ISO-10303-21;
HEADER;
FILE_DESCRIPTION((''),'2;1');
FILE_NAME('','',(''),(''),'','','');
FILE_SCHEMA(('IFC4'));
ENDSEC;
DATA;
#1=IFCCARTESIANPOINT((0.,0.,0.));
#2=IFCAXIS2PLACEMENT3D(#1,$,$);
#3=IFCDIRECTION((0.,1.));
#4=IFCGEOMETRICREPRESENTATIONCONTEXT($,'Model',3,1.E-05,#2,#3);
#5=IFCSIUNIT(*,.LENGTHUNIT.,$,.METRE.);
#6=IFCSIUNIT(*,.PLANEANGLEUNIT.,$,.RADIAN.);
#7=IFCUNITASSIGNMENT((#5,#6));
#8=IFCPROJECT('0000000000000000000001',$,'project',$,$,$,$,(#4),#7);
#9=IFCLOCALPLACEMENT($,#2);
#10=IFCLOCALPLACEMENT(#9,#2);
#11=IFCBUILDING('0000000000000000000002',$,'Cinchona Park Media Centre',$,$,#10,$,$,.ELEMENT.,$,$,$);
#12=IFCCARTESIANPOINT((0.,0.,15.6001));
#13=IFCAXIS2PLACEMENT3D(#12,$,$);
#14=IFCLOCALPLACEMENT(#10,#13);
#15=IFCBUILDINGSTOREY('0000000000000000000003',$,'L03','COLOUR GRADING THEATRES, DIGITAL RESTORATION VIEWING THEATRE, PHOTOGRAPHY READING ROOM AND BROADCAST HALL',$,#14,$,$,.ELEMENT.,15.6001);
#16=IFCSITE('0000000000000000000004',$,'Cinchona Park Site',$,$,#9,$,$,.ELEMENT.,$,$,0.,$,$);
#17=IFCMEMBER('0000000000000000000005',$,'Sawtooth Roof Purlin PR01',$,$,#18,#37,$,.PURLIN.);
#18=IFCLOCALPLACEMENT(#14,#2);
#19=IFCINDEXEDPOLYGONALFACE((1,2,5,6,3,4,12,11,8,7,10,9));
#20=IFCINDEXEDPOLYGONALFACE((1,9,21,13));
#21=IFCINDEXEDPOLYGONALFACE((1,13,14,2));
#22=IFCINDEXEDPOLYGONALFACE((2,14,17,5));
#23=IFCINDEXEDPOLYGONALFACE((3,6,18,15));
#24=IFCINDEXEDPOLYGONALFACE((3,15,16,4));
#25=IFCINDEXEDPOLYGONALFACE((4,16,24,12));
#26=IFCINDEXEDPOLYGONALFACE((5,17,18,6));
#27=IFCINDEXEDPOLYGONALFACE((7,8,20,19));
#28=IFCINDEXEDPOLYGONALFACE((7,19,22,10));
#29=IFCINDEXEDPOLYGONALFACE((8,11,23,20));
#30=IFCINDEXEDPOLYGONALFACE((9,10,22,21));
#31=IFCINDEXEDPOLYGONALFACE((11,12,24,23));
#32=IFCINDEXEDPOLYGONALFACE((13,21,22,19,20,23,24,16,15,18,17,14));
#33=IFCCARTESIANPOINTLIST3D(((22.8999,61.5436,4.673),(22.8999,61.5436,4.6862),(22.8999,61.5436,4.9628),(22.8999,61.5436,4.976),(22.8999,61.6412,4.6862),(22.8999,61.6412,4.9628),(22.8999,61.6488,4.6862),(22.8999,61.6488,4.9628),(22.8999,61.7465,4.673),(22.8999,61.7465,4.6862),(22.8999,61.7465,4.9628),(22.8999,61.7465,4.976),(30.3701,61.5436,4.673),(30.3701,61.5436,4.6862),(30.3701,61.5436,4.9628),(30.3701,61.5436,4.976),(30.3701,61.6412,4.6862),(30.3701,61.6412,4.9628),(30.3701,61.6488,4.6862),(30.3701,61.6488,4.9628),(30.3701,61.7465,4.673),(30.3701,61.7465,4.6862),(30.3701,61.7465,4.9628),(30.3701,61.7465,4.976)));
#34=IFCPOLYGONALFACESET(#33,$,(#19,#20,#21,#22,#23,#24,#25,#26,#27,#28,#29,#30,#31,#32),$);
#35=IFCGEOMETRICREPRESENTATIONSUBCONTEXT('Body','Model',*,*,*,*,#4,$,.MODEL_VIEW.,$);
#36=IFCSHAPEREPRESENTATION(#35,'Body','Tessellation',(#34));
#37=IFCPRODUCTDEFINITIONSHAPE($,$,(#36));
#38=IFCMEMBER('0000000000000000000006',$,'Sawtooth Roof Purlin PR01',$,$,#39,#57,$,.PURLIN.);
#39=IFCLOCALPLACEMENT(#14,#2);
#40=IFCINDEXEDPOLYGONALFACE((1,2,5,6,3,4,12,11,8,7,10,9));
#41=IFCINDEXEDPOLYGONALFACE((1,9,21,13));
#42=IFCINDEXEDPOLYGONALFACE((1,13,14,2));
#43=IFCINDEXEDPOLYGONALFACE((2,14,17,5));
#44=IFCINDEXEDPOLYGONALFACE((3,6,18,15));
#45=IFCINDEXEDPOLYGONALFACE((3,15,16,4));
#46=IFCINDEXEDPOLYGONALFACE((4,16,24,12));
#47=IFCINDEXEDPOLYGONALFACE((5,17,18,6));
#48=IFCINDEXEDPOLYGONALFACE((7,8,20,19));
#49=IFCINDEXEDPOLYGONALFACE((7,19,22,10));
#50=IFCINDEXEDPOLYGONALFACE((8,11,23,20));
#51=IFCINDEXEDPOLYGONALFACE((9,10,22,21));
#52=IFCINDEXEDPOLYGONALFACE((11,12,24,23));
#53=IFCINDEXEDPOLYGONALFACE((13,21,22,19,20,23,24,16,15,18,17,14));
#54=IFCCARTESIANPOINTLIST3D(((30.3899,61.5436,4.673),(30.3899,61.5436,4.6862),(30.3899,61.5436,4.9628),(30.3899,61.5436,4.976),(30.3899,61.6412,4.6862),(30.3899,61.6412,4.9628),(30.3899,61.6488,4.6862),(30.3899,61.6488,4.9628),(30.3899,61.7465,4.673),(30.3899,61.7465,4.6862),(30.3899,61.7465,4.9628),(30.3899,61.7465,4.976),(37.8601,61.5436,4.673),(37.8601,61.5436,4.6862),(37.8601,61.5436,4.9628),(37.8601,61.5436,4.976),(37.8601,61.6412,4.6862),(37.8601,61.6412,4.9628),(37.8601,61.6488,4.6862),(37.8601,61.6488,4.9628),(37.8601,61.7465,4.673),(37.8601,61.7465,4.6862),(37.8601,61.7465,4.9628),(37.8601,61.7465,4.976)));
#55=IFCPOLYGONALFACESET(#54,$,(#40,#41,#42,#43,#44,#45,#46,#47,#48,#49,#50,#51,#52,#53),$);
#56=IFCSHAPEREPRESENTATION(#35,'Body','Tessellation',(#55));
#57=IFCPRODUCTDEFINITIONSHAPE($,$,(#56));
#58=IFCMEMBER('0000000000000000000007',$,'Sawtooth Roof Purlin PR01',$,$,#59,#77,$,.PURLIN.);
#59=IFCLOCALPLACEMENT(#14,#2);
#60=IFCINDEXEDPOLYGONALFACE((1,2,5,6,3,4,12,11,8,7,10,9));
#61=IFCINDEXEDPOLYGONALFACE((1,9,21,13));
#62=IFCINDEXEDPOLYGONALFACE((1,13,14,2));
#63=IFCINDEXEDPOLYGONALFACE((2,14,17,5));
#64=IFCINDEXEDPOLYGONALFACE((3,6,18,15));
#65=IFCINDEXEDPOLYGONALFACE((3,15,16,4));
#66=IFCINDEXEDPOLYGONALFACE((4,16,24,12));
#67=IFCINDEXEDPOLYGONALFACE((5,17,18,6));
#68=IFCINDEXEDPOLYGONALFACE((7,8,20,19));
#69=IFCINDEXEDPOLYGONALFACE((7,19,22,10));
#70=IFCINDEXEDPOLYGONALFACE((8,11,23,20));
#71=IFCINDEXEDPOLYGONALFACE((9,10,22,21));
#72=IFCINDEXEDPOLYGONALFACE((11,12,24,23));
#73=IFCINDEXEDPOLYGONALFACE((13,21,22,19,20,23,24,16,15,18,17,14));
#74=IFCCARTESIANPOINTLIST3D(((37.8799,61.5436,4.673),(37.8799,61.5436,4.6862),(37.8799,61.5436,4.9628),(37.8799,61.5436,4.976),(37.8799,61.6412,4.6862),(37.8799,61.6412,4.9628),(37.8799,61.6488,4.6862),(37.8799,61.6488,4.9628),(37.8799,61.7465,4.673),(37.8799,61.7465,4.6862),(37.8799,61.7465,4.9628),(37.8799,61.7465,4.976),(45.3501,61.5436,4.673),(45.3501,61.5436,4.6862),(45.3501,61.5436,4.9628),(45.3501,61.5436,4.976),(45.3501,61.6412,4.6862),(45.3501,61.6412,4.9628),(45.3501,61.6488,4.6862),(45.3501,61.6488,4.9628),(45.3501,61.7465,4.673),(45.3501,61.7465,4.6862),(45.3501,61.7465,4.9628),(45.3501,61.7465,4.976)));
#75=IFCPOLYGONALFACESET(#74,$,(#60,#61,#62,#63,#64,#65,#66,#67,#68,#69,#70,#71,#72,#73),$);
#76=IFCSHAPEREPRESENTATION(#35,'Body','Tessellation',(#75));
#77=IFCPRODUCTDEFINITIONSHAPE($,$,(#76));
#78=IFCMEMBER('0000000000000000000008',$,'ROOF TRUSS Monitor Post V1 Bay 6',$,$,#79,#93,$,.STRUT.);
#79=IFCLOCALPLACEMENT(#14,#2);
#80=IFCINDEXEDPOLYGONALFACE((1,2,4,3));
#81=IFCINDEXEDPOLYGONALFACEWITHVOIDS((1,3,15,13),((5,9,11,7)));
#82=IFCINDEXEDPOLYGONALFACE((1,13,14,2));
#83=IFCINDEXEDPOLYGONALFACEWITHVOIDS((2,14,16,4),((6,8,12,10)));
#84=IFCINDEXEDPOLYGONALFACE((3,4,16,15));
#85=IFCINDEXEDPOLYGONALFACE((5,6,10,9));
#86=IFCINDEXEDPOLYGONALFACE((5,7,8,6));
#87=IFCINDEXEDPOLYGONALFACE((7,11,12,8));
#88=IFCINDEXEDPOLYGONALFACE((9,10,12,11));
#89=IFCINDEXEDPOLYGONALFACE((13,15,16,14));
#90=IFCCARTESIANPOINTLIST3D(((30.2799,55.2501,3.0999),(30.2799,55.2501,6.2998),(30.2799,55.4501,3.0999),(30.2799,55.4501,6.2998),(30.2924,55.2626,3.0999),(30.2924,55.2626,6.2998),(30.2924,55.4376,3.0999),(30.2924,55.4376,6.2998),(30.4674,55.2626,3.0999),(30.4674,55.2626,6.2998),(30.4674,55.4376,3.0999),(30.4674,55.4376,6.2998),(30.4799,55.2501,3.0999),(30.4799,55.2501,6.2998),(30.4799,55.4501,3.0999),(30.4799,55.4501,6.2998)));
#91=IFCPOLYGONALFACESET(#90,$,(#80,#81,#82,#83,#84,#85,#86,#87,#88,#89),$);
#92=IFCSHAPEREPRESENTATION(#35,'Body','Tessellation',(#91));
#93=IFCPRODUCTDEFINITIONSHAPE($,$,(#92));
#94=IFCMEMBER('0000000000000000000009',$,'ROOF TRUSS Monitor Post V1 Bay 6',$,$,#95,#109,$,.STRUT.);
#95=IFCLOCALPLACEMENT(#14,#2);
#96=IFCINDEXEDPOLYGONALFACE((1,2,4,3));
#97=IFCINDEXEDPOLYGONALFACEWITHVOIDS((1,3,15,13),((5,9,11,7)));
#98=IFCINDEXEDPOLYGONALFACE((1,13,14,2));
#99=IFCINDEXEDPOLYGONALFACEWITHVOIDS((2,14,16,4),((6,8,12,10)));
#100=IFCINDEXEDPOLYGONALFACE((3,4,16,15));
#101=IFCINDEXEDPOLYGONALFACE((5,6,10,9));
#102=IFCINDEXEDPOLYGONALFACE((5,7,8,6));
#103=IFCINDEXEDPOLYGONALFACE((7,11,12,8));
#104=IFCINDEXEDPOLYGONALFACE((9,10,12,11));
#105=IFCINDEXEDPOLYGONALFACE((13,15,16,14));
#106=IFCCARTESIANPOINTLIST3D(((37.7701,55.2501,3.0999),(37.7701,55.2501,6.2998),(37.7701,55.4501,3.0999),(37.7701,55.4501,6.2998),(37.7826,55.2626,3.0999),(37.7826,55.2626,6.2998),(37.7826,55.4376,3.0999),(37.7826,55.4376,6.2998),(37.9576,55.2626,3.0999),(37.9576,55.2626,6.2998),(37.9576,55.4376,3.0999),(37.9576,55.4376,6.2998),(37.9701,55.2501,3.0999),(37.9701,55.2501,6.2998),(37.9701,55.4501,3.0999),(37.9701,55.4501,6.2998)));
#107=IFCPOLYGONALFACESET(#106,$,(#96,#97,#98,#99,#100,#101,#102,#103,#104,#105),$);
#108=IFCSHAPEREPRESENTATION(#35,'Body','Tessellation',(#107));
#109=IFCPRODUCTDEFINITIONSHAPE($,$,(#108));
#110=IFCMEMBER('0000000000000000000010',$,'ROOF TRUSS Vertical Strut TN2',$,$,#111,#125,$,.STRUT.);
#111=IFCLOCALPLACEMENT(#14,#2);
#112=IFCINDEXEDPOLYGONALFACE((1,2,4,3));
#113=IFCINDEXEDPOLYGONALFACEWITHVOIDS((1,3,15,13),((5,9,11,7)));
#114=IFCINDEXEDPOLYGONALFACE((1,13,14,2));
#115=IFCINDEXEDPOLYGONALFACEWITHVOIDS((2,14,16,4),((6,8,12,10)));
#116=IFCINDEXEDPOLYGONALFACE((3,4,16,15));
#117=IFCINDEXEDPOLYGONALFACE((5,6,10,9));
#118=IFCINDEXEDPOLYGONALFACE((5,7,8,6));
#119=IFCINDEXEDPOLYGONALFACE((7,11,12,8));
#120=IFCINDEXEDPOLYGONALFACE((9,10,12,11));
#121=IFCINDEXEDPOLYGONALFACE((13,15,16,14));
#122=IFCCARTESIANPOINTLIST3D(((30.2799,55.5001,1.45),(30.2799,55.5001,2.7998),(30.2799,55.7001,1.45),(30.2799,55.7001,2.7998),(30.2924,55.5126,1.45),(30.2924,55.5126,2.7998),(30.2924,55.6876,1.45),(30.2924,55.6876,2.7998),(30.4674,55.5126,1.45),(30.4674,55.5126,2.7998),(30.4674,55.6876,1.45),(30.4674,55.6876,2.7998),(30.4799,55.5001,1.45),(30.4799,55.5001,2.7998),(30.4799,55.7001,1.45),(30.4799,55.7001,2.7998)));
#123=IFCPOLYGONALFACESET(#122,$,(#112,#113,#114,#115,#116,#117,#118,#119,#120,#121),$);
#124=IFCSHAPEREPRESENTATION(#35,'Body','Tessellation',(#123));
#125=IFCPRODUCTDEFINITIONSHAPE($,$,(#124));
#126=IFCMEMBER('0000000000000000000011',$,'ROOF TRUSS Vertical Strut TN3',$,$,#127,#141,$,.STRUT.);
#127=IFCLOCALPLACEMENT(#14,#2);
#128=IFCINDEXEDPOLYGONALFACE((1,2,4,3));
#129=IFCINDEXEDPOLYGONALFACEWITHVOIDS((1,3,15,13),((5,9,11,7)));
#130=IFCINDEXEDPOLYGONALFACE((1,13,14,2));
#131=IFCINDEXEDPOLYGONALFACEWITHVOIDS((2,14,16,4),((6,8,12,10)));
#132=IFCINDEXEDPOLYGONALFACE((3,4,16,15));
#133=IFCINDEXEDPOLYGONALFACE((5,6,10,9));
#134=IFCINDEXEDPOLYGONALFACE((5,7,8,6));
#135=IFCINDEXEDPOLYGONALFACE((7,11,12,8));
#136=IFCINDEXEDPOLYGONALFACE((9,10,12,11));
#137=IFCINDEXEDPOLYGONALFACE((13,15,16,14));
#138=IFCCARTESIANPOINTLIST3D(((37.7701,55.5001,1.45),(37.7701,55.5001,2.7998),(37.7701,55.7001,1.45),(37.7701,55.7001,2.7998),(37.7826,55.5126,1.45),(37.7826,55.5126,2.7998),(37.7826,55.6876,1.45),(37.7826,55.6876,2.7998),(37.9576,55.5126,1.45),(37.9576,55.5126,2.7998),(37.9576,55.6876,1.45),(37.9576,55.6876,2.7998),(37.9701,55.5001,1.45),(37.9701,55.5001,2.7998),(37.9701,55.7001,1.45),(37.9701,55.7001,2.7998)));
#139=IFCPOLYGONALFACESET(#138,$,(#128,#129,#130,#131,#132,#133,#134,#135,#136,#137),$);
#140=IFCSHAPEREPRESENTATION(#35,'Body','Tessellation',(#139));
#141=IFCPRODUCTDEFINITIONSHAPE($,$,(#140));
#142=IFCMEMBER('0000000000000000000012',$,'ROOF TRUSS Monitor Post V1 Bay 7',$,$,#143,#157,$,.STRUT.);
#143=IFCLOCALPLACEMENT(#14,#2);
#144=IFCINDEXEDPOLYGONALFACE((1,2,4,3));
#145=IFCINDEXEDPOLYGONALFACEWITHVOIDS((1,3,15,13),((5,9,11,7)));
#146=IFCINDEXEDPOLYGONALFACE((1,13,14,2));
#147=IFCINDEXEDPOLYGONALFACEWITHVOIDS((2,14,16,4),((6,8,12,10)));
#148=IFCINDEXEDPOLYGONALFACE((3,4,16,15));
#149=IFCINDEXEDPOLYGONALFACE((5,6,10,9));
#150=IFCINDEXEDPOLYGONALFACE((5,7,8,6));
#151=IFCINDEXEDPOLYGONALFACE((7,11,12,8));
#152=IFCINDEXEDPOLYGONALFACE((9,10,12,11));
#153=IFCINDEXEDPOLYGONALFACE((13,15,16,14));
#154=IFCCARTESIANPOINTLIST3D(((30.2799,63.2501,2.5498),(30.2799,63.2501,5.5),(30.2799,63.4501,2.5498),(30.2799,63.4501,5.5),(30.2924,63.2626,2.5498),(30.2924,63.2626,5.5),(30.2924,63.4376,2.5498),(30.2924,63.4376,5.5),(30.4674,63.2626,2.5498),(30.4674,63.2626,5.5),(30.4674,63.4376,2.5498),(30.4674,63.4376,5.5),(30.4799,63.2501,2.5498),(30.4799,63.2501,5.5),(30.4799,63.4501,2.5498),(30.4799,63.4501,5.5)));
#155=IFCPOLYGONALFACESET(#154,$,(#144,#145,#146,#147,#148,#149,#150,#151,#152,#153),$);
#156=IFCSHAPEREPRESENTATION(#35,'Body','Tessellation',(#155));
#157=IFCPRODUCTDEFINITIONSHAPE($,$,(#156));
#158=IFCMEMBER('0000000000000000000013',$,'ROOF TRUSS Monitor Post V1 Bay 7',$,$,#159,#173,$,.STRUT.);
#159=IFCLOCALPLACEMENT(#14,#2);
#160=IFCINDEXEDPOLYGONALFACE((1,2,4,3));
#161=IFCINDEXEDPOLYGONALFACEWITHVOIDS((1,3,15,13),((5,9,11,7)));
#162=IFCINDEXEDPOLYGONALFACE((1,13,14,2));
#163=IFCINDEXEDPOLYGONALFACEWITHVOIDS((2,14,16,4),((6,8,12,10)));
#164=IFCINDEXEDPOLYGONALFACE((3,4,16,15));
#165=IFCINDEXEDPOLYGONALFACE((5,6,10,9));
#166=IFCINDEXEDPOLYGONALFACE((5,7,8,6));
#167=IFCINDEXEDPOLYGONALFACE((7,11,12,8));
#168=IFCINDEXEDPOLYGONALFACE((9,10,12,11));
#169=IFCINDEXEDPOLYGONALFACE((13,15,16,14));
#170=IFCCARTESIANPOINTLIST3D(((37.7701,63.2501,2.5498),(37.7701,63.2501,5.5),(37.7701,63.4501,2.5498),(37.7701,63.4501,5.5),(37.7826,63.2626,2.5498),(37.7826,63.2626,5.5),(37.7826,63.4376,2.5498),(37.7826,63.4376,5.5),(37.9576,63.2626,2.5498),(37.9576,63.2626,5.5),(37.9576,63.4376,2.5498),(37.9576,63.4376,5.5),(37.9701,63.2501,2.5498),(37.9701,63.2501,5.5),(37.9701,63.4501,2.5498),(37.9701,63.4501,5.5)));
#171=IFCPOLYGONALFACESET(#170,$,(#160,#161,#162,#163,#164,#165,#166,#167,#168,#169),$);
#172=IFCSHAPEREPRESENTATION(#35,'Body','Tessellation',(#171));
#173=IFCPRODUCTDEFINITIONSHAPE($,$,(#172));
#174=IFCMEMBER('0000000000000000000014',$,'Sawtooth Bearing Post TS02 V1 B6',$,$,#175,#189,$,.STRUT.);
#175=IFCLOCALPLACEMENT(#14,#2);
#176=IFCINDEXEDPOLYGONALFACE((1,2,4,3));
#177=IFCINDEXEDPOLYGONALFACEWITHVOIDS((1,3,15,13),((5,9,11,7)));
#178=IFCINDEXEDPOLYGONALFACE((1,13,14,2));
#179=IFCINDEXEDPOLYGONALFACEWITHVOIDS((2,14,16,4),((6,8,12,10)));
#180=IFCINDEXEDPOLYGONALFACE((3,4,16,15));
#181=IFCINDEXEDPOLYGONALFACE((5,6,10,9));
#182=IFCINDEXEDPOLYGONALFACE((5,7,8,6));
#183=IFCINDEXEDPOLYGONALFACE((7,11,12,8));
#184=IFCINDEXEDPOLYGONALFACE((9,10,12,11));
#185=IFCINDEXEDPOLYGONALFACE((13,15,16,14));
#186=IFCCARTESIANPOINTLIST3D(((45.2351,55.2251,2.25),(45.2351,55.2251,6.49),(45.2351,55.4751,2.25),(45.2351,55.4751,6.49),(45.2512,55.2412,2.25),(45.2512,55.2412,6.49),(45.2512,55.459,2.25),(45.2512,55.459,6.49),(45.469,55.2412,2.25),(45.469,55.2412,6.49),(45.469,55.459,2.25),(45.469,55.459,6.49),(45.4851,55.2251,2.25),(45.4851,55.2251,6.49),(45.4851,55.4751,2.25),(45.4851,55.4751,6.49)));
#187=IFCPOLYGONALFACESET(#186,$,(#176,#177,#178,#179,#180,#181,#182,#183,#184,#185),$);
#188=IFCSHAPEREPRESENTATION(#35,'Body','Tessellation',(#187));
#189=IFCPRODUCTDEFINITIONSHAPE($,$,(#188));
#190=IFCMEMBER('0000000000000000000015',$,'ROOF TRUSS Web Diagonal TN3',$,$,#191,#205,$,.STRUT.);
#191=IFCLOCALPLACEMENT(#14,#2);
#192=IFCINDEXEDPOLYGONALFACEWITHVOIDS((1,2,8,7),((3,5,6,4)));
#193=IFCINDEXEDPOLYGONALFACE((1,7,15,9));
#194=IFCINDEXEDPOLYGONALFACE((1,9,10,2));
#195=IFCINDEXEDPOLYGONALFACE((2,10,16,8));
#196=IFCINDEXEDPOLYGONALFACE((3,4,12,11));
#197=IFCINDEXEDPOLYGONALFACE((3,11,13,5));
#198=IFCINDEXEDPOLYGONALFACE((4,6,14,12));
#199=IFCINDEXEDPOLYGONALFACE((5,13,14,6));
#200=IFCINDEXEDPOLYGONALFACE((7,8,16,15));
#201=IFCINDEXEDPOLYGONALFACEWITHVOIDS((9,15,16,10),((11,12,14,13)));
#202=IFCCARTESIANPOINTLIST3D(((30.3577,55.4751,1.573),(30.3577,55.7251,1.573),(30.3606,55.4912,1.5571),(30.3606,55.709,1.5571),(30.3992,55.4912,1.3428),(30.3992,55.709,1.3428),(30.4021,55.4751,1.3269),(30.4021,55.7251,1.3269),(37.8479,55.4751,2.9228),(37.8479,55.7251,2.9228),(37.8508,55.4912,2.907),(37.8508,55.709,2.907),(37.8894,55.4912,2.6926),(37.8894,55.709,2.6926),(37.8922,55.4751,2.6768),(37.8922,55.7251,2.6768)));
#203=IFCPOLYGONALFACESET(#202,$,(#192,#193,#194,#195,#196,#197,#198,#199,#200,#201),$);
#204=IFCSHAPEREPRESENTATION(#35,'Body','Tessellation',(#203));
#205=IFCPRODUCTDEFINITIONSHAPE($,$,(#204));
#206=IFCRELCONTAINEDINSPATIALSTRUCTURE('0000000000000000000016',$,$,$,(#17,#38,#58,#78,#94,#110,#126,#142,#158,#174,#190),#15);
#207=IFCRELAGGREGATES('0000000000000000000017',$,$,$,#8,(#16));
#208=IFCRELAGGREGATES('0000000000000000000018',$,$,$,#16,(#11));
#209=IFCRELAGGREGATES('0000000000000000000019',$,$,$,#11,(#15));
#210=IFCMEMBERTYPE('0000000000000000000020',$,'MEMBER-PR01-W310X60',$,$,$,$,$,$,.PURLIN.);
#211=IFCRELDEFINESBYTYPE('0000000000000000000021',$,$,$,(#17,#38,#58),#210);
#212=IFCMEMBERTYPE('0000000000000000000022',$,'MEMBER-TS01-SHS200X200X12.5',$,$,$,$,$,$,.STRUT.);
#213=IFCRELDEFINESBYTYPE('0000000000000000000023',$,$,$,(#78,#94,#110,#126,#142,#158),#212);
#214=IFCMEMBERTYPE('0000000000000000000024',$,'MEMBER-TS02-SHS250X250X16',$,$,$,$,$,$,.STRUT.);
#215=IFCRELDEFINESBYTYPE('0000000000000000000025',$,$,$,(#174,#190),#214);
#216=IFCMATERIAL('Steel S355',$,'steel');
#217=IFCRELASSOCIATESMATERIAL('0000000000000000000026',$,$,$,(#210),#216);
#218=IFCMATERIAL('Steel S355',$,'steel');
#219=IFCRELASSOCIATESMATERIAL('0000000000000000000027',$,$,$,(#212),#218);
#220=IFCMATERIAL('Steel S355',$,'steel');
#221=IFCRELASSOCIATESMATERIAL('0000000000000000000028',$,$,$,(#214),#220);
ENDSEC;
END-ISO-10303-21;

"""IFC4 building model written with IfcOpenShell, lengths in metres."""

from ifc_helpers import new_model, si_unit, direction, frame, origin, origin_2d, place, context, subcontext, project, spatial, hollow_rectangle, i_section, extrude, material, material_profile, profile_set, type_object, element, save


model = new_model("IFC4")

# Units and contexts
model_context = context("Model", 3, precision=1e-05, world=origin(), true_north=direction((0.0, 1.0)))
body_context = subcontext(model_context, "Body", "Model", "MODEL_VIEW")
ifc_project = project(units=[si_unit("LENGTHUNIT", "METRE"), si_unit("PLANEANGLEUNIT", "RADIAN")], contexts=[model_context])

# Site, building, storey
site_placement = place(None, origin())
site = spatial("IfcSite", under=ifc_project, at=site_placement, Name="Cinchona Park Site", CompositionType="ELEMENT", RefElevation=0.0)
building_placement = place(site_placement, origin())
building = spatial("IfcBuilding", under=site, at=building_placement, Name="Cinchona Park Media Centre", CompositionType="ELEMENT")
storey_placement = place(building_placement, frame((0.0, 0.0, 15.6001)))
storey = spatial("IfcBuildingStorey", under=building, at=storey_placement, Name="L03", Description="COLOUR GRADING THEATRES, DIGITAL RESTORATION VIEWING THEATRE, PHOTOGRAPHY READING ROOM AND BROADCAST HALL", CompositionType="ELEMENT", Elevation=15.6001)

# Members
ifc_material_1 = material(Name="Steel S355", Category="steel")
ifc_material_profile_1 = material_profile(ifc_material_1, i_section(OverallWidth=0.2029, OverallDepth=0.303, WebThickness=0.0076, FlangeThickness=0.0132, at=origin_2d()), Name="W310X60")
ifc_profile_set_1 = profile_set([ifc_material_profile_1], Name="Steel S355")
member_type_1 = type_object("IfcMemberType", Name="MEMBER-PR01-W310X60", PredefinedType="PURLIN", material=ifc_profile_set_1)
for number, where, z_axis, x_axis, name in (
    (1, (22.8999, 61.645, 4.8245), (1.0, 0.0, 0.0), (0.0, 1.0, 0.0), "Sawtooth Roof Purlin PR01"),
    (2, (30.3899, 61.645, 4.8245), (1.0, 0.0, 0.0), (0.0, 1.0, 0.0), "Sawtooth Roof Purlin PR01"),
    (3, (37.8799, 61.645, 4.8245), (1.0, 0.0, 0.0), (0.0, 1.0, 0.0), "Sawtooth Roof Purlin PR01"),
):
    element("IfcMember", number, at=place(storey_placement, frame(where, z_axis=z_axis, x_axis=x_axis)), inside=storey, type_object=member_type_1, Name=name, PredefinedType="PURLIN", context=body_context, shape_type="SweptSolid", body=[
        extrude(i_section(OverallWidth=0.2029, OverallDepth=0.303, WebThickness=0.0076, FlangeThickness=0.0132, at=origin_2d()), origin(), (0.0, 0.0, 1.0), 7.4702),
    ])
ifc_material_2 = material(Name="Steel S355", Category="steel")
ifc_material_profile_2 = material_profile(ifc_material_2, hollow_rectangle(XDim=0.2, YDim=0.2, WallThickness=0.0125, at=origin_2d()), Name="200X200X12.5SHS")
ifc_profile_set_2 = profile_set([ifc_material_profile_2], Name="Steel S355")
member_type_2 = type_object("IfcMemberType", Name="MEMBER-TS01-SHS200X200X12.5", PredefinedType="STRUT", material=ifc_profile_set_2)
for number, where, z_axis, x_axis, name in (
    (4, (30.3799, 55.3501, 3.0999), (0.0, 0.0, 1.0), (1.0, 0.0, 0.0), "ROOF TRUSS Monitor Post V1 Bay 6"),
    (5, (37.8701, 55.3501, 3.0999), (0.0, 0.0, 1.0), (1.0, 0.0, 0.0), "ROOF TRUSS Monitor Post V1 Bay 6"),
):
    element("IfcMember", number, at=place(storey_placement, frame(where, z_axis=z_axis, x_axis=x_axis)), inside=storey, type_object=member_type_2, Name=name, PredefinedType="STRUT", context=body_context, shape_type="SweptSolid", body=[
        extrude(hollow_rectangle(XDim=0.2, YDim=0.2, WallThickness=0.0125, at=origin_2d()), origin(), (0.0, 0.0, 1.0), 3.2),
    ])
for number, where, z_axis, x_axis, name in (
    (6, (30.3799, 55.6001, 1.45), (0.0, 0.0, 1.0), (1.0, 0.0, 0.0), "ROOF TRUSS Vertical Strut TN2"),
    (7, (37.8701, 55.6001, 1.45), (0.0, 0.0, 1.0), (1.0, 0.0, 0.0), "ROOF TRUSS Vertical Strut TN3"),
):
    element("IfcMember", number, at=place(storey_placement, frame(where, z_axis=z_axis, x_axis=x_axis)), inside=storey, type_object=member_type_2, Name=name, PredefinedType="STRUT", context=body_context, shape_type="SweptSolid", body=[
        extrude(hollow_rectangle(XDim=0.2, YDim=0.2, WallThickness=0.0125, at=origin_2d()), origin(), (0.0, 0.0, 1.0), 1.3499),
    ])
for number, where, z_axis, x_axis, name in (
    (8, (30.3799, 63.3501, 2.5498), (0.0, 0.0, 1.0), (1.0, 0.0, 0.0), "ROOF TRUSS Monitor Post V1 Bay 7"),
    (9, (37.8701, 63.3501, 2.5498), (0.0, 0.0, 1.0), (1.0, 0.0, 0.0), "ROOF TRUSS Monitor Post V1 Bay 7"),
):
    element("IfcMember", number, at=place(storey_placement, frame(where, z_axis=z_axis, x_axis=x_axis)), inside=storey, type_object=member_type_2, Name=name, PredefinedType="STRUT", context=body_context, shape_type="SweptSolid", body=[
        extrude(hollow_rectangle(XDim=0.2, YDim=0.2, WallThickness=0.0125, at=origin_2d()), origin(), (0.0, 0.0, 1.0), 2.9502),
    ])
ifc_material_3 = material(Name="Steel S355", Category="steel")
ifc_material_profile_3 = material_profile(ifc_material_3, hollow_rectangle(XDim=0.25, YDim=0.25, WallThickness=0.0161, at=origin_2d()), Name="250X250X16SHS")
ifc_profile_set_3 = profile_set([ifc_material_profile_3], Name="Steel S355")
member_type_3 = type_object("IfcMemberType", Name="MEMBER-TS02-SHS250X250X16", PredefinedType="STRUT", material=ifc_profile_set_3)
member_1_placement = place(storey_placement, frame((45.3601, 55.3501, 2.25), z_axis=(0.0, 0.0, 1.0), x_axis=(1.0, 0.0, 0.0)))
element("IfcMember", 10, at=member_1_placement, inside=storey, type_object=member_type_3, Name="Sawtooth Bearing Post TS02 V1 B6", PredefinedType="STRUT", context=body_context, shape_type="SweptSolid", body=[
    extrude(hollow_rectangle(XDim=0.25, YDim=0.25, WallThickness=0.0161, at=origin_2d()), origin(), (0.0, 0.0, 1.0), 4.24),
])
member_2_placement = place(storey_placement, frame((30.3799, 55.6001, 1.45), z_axis=(0.984146, 0.0, 0.177358), x_axis=(0.0, 1.0, 0.0)))
element("IfcMember", 11, at=member_2_placement, inside=storey, type_object=member_type_3, Name="ROOF TRUSS Web Diagonal TN3", PredefinedType="STRUT", context=body_context, shape_type="SweptSolid", body=[
    extrude(hollow_rectangle(XDim=0.25, YDim=0.25, WallThickness=0.0161, at=origin_2d()), origin(), (0.0, 0.0, 1.0), 7.6108),
])

save(model, "model.ifc")
